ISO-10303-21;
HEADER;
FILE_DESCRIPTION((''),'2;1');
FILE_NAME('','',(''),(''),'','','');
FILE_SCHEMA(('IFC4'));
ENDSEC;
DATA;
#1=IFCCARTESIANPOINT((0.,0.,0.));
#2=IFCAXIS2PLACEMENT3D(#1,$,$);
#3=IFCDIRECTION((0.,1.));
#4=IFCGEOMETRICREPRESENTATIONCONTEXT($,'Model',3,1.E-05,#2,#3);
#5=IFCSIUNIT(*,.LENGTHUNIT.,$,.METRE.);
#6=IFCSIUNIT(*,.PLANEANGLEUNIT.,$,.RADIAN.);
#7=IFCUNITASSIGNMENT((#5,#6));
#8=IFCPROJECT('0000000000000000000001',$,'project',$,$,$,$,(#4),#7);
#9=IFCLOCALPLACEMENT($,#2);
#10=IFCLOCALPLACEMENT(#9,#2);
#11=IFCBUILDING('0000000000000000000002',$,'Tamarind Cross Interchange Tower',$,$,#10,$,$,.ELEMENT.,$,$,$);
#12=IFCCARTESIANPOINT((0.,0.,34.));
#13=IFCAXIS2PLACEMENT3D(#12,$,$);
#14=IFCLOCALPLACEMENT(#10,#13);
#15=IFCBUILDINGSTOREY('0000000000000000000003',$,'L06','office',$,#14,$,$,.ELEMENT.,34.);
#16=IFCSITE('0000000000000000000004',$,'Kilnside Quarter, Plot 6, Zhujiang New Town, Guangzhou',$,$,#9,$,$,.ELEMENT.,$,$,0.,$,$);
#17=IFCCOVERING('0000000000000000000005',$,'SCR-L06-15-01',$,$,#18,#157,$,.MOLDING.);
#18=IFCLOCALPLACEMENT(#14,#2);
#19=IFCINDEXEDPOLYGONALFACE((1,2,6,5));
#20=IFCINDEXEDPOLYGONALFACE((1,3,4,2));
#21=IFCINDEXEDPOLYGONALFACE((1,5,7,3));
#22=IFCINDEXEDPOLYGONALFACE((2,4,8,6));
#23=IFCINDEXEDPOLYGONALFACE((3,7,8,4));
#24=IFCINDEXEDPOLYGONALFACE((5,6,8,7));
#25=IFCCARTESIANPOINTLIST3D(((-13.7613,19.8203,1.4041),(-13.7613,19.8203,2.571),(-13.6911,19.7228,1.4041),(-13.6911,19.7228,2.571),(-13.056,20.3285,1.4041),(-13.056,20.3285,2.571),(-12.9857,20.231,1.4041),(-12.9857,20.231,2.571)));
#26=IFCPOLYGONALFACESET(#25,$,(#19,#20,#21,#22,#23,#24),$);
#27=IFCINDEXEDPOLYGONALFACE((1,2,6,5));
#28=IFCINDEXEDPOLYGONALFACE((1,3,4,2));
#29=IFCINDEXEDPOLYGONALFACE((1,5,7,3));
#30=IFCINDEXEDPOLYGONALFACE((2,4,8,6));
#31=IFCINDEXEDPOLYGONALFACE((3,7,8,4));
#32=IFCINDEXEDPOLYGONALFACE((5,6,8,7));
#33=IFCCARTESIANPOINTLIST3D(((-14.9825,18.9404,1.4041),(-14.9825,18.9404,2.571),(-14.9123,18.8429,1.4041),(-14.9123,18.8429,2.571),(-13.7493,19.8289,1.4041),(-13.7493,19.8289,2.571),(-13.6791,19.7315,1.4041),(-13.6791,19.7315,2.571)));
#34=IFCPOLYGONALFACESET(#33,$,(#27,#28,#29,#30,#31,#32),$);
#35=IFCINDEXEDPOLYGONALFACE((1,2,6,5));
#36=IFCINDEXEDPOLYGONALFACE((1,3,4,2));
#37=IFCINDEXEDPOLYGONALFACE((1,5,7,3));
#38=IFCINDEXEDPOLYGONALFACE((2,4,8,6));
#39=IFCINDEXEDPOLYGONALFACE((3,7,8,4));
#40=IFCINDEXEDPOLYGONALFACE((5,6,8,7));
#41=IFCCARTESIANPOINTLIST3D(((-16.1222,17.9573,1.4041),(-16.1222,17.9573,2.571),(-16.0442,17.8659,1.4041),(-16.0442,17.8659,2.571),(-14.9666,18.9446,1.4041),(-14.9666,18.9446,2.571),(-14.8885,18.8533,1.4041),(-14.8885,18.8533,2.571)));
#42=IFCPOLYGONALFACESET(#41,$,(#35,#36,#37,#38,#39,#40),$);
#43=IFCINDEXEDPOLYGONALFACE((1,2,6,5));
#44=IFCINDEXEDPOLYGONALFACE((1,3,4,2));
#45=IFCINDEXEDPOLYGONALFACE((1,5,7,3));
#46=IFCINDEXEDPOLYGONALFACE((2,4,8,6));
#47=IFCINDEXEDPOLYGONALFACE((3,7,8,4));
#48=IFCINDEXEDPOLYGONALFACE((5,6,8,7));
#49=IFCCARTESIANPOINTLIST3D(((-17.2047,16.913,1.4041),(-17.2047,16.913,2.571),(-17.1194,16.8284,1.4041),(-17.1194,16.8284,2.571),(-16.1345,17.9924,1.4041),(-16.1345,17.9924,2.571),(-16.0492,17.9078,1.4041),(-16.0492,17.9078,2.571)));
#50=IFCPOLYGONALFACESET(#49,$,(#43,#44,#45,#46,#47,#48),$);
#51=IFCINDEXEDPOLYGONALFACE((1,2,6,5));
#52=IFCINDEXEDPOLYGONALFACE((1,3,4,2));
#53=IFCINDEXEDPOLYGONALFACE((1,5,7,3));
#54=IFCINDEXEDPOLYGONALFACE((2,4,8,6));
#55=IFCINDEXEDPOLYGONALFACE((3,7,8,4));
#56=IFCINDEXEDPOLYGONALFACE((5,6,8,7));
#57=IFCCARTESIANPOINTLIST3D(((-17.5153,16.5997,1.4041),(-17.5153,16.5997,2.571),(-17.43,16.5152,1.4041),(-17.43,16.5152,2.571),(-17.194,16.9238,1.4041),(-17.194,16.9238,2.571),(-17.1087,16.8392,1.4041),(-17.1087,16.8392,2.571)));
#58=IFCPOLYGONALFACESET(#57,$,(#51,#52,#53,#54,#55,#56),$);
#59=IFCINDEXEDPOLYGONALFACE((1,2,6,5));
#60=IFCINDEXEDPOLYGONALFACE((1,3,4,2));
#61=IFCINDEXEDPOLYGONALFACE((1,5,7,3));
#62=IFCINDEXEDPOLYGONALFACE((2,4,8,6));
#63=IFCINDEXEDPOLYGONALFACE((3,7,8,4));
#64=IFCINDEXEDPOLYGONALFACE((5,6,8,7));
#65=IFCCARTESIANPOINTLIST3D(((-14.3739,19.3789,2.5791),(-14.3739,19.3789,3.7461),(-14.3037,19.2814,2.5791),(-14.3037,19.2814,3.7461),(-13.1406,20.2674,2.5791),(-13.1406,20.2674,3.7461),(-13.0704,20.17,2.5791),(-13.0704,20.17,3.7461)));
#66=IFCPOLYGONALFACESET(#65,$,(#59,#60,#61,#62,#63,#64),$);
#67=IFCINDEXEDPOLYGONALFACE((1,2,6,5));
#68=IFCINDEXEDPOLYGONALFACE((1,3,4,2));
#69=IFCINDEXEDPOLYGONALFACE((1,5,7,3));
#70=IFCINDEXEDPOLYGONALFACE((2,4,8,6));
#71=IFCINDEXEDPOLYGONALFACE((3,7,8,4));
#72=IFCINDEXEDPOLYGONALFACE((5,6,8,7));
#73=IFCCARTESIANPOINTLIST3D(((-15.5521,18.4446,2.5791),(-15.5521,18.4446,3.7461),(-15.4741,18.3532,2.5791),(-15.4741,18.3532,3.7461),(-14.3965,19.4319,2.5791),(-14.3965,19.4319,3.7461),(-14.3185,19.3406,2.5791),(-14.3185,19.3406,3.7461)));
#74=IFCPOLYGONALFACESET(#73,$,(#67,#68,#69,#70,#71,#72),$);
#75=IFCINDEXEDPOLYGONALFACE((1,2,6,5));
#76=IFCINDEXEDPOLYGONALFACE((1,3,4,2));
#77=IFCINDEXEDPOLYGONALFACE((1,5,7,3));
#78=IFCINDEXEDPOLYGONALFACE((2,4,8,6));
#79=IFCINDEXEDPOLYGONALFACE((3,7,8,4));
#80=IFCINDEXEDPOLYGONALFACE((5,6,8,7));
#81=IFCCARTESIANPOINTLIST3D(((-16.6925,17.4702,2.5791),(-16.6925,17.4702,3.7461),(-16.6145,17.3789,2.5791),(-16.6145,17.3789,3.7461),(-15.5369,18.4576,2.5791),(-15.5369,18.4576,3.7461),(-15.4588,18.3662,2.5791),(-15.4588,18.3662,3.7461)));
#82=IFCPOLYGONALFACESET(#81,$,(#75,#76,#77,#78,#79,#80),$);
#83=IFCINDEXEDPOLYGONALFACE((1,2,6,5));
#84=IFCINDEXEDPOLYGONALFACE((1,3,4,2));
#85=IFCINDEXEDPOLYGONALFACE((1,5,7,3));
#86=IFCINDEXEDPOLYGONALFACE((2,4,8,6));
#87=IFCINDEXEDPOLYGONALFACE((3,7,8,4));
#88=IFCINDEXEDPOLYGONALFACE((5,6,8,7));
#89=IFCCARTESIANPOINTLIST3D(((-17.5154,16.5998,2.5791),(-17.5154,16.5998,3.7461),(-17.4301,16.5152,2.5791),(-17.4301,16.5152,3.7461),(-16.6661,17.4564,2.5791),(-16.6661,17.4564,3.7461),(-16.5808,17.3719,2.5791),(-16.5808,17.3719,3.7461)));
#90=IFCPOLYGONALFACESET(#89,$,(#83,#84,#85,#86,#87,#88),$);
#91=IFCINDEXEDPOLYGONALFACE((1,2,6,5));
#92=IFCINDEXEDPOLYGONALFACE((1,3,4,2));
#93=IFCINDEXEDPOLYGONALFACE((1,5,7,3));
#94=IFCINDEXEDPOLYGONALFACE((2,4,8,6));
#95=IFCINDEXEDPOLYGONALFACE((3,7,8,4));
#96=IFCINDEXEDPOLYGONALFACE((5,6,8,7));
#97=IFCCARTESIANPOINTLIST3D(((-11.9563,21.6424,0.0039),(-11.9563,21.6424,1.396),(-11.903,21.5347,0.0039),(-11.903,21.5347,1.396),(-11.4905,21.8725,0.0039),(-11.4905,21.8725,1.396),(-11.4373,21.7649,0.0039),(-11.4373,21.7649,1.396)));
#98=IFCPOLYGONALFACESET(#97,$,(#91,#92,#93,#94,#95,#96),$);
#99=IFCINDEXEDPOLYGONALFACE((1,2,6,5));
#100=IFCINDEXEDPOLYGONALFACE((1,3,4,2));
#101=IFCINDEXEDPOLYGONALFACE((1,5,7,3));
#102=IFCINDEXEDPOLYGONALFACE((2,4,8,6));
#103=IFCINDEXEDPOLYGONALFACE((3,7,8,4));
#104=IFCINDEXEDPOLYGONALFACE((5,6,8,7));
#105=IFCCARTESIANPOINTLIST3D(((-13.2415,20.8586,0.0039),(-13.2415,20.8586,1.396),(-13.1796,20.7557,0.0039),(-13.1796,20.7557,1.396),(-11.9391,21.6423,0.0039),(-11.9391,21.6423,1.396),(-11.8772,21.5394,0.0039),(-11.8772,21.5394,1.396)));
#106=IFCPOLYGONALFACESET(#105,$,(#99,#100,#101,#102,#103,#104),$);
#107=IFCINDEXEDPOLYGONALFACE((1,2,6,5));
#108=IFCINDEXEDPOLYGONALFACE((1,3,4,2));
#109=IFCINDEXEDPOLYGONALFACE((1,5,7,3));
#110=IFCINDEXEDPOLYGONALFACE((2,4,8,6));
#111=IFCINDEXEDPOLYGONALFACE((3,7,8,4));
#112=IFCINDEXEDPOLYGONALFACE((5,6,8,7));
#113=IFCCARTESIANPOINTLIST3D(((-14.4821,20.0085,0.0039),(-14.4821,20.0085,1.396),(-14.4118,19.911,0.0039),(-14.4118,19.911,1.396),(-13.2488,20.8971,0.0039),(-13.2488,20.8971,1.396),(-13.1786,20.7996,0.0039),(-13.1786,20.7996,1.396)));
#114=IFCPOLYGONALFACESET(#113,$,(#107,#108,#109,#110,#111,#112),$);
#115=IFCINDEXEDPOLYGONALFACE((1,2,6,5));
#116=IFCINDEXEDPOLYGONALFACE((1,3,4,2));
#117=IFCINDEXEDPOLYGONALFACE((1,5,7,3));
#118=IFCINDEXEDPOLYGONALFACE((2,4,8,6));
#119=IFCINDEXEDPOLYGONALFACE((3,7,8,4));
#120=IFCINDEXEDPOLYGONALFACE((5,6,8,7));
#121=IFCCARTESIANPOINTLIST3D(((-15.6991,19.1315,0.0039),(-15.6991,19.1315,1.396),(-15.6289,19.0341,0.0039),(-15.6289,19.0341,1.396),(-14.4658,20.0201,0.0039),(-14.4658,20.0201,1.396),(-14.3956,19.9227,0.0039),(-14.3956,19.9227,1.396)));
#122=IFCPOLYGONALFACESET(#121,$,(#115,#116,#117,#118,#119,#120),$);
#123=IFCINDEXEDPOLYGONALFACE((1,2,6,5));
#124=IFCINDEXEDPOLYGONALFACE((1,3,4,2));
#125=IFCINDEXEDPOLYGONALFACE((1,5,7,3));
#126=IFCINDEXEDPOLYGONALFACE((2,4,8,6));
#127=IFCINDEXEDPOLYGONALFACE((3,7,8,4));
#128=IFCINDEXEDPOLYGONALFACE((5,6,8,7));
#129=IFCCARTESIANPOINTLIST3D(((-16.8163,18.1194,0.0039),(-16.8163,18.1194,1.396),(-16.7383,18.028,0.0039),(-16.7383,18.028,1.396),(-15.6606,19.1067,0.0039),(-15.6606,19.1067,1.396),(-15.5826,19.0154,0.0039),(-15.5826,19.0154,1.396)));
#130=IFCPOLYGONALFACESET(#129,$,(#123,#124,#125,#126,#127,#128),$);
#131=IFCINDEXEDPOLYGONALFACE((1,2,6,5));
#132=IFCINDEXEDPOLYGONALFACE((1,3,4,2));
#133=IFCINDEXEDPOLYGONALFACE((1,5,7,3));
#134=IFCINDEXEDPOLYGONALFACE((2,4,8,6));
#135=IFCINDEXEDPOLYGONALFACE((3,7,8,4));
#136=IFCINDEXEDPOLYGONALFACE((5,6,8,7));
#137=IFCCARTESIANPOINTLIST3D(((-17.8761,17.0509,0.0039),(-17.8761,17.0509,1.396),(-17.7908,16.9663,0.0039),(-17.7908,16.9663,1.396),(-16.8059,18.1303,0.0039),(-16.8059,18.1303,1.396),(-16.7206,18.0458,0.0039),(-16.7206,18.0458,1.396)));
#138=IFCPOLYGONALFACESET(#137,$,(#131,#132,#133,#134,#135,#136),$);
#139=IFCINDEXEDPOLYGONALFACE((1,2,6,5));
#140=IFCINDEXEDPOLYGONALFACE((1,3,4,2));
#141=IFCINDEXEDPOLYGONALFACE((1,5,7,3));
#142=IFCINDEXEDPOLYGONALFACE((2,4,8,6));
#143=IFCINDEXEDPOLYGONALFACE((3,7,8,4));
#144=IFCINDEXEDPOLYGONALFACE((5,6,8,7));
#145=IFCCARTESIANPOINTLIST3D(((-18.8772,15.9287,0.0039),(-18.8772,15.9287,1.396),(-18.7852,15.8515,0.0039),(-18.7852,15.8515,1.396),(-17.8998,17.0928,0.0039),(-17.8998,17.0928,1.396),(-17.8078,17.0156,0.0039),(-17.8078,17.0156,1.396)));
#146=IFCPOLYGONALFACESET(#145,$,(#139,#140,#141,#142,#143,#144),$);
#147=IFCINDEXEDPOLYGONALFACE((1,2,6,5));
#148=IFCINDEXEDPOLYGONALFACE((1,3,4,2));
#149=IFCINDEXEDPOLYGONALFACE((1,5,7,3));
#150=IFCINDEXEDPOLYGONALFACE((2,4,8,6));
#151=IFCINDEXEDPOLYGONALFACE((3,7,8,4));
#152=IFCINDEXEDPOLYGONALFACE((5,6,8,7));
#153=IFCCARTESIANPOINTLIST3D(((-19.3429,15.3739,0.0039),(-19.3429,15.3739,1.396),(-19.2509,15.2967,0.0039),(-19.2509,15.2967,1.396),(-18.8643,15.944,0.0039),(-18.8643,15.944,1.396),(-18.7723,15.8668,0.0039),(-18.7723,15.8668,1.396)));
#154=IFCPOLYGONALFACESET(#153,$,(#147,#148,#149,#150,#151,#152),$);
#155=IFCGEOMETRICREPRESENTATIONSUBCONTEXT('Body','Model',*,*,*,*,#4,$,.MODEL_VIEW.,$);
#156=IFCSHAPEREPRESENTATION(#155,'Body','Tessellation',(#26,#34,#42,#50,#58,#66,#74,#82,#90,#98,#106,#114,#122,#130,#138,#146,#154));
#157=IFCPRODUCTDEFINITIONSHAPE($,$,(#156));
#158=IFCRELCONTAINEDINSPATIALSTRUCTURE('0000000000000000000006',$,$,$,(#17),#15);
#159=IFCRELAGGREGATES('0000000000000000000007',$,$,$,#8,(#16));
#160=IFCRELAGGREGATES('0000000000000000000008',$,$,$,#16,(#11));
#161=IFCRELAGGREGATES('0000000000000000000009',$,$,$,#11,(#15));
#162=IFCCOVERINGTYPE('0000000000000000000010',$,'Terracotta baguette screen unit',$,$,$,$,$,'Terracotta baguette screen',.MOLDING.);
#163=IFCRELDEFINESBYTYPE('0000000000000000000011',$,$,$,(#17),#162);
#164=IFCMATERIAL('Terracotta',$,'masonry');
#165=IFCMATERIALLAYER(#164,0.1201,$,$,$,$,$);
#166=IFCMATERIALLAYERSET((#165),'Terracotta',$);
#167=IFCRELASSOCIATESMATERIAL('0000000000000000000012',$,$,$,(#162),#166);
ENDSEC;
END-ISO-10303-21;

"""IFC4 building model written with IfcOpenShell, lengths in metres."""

from ifc_helpers import new_model, si_unit, direction, frame, origin, origin_2d, place, context, subcontext, project, spatial, rectangle, extrude, material, layer, layer_set, type_object, element, save


model = new_model("IFC4")

# Units and contexts
model_context = context("Model", 3, precision=1e-05, world=origin(), true_north=direction((0.0, 1.0)))
body_context = subcontext(model_context, "Body", "Model", "MODEL_VIEW")
ifc_project = project(units=[si_unit("LENGTHUNIT", "METRE"), si_unit("PLANEANGLEUNIT", "RADIAN")], contexts=[model_context])

# Site, building, storey
site_placement = place(None, origin())
site = spatial("IfcSite", under=ifc_project, at=site_placement, Name="Kilnside Quarter, Plot 6, Zhujiang New Town, Guangzhou", CompositionType="ELEMENT", RefElevation=0.0)
building_placement = place(site_placement, origin())
building = spatial("IfcBuilding", under=site, at=building_placement, Name="Tamarind Cross Interchange Tower", CompositionType="ELEMENT")
storey_placement = place(building_placement, frame((0.0, 0.0, 34.0)))
storey = spatial("IfcBuildingStorey", under=building, at=storey_placement, Name="L06", Description="office", CompositionType="ELEMENT", Elevation=34.0)

# Covering
ifc_material_1 = material(Name="Terracotta", Category="masonry")
ifc_layer_1 = layer(ifc_material_1, 0.1201)
ifc_layer_set_1 = layer_set([ifc_layer_1], Name="Terracotta")
covering_type = type_object("IfcCoveringType", Name="Terracotta baguette screen unit", ElementType="Terracotta baguette screen", PredefinedType="MOLDING", material=ifc_layer_set_1)
covering_1_placement = place(storey_placement, origin())
element("IfcCovering", 1, at=covering_1_placement, inside=storey, type_object=covering_type, Name="SCR-L06-15-01", PredefinedType="MOLDING", context=body_context, shape_type="SweptSolid", body=[
    extrude(rectangle(XDim=0.8694, YDim=0.1201, at=origin_2d()), frame((-13.3735, 20.0256, 1.4041), z_axis=(0.0, 0.0, 1.0), x_axis=(-0.81134, -0.584574, 0.0)), (0.0, 0.0, 1.0), 1.167),
    extrude(rectangle(XDim=1.52, YDim=0.1201, at=origin_2d()), frame((-14.3308, 19.3359, 1.4041), z_axis=(0.0, 0.0, 1.0), x_axis=(-0.81134, -0.584574, 0.0)), (0.0, 0.0, 1.0), 1.167),
    extrude(rectangle(XDim=1.52, YDim=0.1201, at=origin_2d()), frame((-15.5054, 18.4053, 1.4041), z_axis=(0.0, 0.0, 1.0), x_axis=(-0.760296, -0.649577, 0.0)), (0.0, 0.0, 1.0), 1.167),
    extrude(rectangle(XDim=1.52, YDim=0.1201, at=origin_2d()), frame((-16.627, 17.4104, 1.4041), z_axis=(0.0, 0.0, 1.0), x_axis=(-0.704057, -0.710143, 0.0)), (0.0, 0.0, 1.0), 1.167),
    extrude(rectangle(XDim=0.4563, YDim=0.1201, at=origin_2d()), frame((-17.312, 16.7195, 1.4041), z_axis=(0.0, 0.0, 1.0), x_axis=(-0.704057, -0.710143, 0.0)), (0.0, 0.0, 1.0), 1.167),
    extrude(rectangle(XDim=1.52, YDim=0.1201, at=origin_2d()), frame((-13.7222, 19.7744, 2.5791), z_axis=(0.0, 0.0, 1.0), x_axis=(-0.81134, -0.584574, 0.0)), (0.0, 0.0, 1.0), 1.167),
    extrude(rectangle(XDim=1.52, YDim=0.1201, at=origin_2d()), frame((-14.9353, 18.8926, 2.5791), z_axis=(0.0, 0.0, 1.0), x_axis=(-0.760296, -0.649577, 0.0)), (0.0, 0.0, 1.0), 1.167),
    extrude(rectangle(XDim=1.52, YDim=0.1201, at=origin_2d()), frame((-16.0757, 17.9182, 2.5791), z_axis=(0.0, 0.0, 1.0), x_axis=(-0.760296, -0.649577, 0.0)), (0.0, 0.0, 1.0), 1.167),
    extrude(rectangle(XDim=1.2063, YDim=0.1201, at=origin_2d()), frame((-17.0481, 16.9858, 2.5791), z_axis=(0.0, 0.0, 1.0), x_axis=(-0.704057, -0.710143, 0.0)), (0.0, 0.0, 1.0), 1.167),
    extrude(rectangle(XDim=0.5195, YDim=0.1201, at=origin_2d()), frame((-11.6968, 21.7036, 0.0039), z_axis=(0.0, 0.0, 1.0), x_axis=(-0.896493, -0.443059, 0.0)), (0.0, 0.0, 1.0), 1.3921),
    extrude(rectangle(XDim=1.52, YDim=0.1201, at=origin_2d()), frame((-12.5593, 21.199, 0.0039), z_axis=(0.0, 0.0, 1.0), x_axis=(-0.856843, -0.515577, 0.0)), (0.0, 0.0, 1.0), 1.3921),
    extrude(rectangle(XDim=1.52, YDim=0.1201, at=origin_2d()), frame((-13.8303, 20.4041, 0.0039), z_axis=(0.0, 0.0, 1.0), x_axis=(-0.81134, -0.584574, 0.0)), (0.0, 0.0, 1.0), 1.3921),
    extrude(rectangle(XDim=1.52, YDim=0.1201, at=origin_2d()), frame((-15.0474, 19.5271, 0.0039), z_axis=(0.0, 0.0, 1.0), x_axis=(-0.81134, -0.584574, 0.0)), (0.0, 0.0, 1.0), 1.3921),
    extrude(rectangle(XDim=1.52, YDim=0.1201, at=origin_2d()), frame((-16.1995, 18.5674, 0.0039), z_axis=(0.0, 0.0, 1.0), x_axis=(-0.760296, -0.649577, 0.0)), (0.0, 0.0, 1.0), 1.3921),
    extrude(rectangle(XDim=1.52, YDim=0.1201, at=origin_2d()), frame((-17.2983, 17.5483, 0.0039), z_axis=(0.0, 0.0, 1.0), x_axis=(-0.704057, -0.710143, 0.0)), (0.0, 0.0, 1.0), 1.3921),
    extrude(rectangle(XDim=1.52, YDim=0.1201, at=origin_2d()), frame((-18.3425, 16.4722, 0.0039), z_axis=(0.0, 0.0, 1.0), x_axis=(-0.643009, -0.765858, 0.0)), (0.0, 0.0, 1.0), 1.3921),
    extrude(rectangle(XDim=0.7444, YDim=0.1201, at=origin_2d()), frame((-19.0576, 15.6204, 0.0039), z_axis=(0.0, 0.0, 1.0), x_axis=(-0.643009, -0.765858, 0.0)), (0.0, 0.0, 1.0), 1.3921),
])

save(model, "model.ifc")
